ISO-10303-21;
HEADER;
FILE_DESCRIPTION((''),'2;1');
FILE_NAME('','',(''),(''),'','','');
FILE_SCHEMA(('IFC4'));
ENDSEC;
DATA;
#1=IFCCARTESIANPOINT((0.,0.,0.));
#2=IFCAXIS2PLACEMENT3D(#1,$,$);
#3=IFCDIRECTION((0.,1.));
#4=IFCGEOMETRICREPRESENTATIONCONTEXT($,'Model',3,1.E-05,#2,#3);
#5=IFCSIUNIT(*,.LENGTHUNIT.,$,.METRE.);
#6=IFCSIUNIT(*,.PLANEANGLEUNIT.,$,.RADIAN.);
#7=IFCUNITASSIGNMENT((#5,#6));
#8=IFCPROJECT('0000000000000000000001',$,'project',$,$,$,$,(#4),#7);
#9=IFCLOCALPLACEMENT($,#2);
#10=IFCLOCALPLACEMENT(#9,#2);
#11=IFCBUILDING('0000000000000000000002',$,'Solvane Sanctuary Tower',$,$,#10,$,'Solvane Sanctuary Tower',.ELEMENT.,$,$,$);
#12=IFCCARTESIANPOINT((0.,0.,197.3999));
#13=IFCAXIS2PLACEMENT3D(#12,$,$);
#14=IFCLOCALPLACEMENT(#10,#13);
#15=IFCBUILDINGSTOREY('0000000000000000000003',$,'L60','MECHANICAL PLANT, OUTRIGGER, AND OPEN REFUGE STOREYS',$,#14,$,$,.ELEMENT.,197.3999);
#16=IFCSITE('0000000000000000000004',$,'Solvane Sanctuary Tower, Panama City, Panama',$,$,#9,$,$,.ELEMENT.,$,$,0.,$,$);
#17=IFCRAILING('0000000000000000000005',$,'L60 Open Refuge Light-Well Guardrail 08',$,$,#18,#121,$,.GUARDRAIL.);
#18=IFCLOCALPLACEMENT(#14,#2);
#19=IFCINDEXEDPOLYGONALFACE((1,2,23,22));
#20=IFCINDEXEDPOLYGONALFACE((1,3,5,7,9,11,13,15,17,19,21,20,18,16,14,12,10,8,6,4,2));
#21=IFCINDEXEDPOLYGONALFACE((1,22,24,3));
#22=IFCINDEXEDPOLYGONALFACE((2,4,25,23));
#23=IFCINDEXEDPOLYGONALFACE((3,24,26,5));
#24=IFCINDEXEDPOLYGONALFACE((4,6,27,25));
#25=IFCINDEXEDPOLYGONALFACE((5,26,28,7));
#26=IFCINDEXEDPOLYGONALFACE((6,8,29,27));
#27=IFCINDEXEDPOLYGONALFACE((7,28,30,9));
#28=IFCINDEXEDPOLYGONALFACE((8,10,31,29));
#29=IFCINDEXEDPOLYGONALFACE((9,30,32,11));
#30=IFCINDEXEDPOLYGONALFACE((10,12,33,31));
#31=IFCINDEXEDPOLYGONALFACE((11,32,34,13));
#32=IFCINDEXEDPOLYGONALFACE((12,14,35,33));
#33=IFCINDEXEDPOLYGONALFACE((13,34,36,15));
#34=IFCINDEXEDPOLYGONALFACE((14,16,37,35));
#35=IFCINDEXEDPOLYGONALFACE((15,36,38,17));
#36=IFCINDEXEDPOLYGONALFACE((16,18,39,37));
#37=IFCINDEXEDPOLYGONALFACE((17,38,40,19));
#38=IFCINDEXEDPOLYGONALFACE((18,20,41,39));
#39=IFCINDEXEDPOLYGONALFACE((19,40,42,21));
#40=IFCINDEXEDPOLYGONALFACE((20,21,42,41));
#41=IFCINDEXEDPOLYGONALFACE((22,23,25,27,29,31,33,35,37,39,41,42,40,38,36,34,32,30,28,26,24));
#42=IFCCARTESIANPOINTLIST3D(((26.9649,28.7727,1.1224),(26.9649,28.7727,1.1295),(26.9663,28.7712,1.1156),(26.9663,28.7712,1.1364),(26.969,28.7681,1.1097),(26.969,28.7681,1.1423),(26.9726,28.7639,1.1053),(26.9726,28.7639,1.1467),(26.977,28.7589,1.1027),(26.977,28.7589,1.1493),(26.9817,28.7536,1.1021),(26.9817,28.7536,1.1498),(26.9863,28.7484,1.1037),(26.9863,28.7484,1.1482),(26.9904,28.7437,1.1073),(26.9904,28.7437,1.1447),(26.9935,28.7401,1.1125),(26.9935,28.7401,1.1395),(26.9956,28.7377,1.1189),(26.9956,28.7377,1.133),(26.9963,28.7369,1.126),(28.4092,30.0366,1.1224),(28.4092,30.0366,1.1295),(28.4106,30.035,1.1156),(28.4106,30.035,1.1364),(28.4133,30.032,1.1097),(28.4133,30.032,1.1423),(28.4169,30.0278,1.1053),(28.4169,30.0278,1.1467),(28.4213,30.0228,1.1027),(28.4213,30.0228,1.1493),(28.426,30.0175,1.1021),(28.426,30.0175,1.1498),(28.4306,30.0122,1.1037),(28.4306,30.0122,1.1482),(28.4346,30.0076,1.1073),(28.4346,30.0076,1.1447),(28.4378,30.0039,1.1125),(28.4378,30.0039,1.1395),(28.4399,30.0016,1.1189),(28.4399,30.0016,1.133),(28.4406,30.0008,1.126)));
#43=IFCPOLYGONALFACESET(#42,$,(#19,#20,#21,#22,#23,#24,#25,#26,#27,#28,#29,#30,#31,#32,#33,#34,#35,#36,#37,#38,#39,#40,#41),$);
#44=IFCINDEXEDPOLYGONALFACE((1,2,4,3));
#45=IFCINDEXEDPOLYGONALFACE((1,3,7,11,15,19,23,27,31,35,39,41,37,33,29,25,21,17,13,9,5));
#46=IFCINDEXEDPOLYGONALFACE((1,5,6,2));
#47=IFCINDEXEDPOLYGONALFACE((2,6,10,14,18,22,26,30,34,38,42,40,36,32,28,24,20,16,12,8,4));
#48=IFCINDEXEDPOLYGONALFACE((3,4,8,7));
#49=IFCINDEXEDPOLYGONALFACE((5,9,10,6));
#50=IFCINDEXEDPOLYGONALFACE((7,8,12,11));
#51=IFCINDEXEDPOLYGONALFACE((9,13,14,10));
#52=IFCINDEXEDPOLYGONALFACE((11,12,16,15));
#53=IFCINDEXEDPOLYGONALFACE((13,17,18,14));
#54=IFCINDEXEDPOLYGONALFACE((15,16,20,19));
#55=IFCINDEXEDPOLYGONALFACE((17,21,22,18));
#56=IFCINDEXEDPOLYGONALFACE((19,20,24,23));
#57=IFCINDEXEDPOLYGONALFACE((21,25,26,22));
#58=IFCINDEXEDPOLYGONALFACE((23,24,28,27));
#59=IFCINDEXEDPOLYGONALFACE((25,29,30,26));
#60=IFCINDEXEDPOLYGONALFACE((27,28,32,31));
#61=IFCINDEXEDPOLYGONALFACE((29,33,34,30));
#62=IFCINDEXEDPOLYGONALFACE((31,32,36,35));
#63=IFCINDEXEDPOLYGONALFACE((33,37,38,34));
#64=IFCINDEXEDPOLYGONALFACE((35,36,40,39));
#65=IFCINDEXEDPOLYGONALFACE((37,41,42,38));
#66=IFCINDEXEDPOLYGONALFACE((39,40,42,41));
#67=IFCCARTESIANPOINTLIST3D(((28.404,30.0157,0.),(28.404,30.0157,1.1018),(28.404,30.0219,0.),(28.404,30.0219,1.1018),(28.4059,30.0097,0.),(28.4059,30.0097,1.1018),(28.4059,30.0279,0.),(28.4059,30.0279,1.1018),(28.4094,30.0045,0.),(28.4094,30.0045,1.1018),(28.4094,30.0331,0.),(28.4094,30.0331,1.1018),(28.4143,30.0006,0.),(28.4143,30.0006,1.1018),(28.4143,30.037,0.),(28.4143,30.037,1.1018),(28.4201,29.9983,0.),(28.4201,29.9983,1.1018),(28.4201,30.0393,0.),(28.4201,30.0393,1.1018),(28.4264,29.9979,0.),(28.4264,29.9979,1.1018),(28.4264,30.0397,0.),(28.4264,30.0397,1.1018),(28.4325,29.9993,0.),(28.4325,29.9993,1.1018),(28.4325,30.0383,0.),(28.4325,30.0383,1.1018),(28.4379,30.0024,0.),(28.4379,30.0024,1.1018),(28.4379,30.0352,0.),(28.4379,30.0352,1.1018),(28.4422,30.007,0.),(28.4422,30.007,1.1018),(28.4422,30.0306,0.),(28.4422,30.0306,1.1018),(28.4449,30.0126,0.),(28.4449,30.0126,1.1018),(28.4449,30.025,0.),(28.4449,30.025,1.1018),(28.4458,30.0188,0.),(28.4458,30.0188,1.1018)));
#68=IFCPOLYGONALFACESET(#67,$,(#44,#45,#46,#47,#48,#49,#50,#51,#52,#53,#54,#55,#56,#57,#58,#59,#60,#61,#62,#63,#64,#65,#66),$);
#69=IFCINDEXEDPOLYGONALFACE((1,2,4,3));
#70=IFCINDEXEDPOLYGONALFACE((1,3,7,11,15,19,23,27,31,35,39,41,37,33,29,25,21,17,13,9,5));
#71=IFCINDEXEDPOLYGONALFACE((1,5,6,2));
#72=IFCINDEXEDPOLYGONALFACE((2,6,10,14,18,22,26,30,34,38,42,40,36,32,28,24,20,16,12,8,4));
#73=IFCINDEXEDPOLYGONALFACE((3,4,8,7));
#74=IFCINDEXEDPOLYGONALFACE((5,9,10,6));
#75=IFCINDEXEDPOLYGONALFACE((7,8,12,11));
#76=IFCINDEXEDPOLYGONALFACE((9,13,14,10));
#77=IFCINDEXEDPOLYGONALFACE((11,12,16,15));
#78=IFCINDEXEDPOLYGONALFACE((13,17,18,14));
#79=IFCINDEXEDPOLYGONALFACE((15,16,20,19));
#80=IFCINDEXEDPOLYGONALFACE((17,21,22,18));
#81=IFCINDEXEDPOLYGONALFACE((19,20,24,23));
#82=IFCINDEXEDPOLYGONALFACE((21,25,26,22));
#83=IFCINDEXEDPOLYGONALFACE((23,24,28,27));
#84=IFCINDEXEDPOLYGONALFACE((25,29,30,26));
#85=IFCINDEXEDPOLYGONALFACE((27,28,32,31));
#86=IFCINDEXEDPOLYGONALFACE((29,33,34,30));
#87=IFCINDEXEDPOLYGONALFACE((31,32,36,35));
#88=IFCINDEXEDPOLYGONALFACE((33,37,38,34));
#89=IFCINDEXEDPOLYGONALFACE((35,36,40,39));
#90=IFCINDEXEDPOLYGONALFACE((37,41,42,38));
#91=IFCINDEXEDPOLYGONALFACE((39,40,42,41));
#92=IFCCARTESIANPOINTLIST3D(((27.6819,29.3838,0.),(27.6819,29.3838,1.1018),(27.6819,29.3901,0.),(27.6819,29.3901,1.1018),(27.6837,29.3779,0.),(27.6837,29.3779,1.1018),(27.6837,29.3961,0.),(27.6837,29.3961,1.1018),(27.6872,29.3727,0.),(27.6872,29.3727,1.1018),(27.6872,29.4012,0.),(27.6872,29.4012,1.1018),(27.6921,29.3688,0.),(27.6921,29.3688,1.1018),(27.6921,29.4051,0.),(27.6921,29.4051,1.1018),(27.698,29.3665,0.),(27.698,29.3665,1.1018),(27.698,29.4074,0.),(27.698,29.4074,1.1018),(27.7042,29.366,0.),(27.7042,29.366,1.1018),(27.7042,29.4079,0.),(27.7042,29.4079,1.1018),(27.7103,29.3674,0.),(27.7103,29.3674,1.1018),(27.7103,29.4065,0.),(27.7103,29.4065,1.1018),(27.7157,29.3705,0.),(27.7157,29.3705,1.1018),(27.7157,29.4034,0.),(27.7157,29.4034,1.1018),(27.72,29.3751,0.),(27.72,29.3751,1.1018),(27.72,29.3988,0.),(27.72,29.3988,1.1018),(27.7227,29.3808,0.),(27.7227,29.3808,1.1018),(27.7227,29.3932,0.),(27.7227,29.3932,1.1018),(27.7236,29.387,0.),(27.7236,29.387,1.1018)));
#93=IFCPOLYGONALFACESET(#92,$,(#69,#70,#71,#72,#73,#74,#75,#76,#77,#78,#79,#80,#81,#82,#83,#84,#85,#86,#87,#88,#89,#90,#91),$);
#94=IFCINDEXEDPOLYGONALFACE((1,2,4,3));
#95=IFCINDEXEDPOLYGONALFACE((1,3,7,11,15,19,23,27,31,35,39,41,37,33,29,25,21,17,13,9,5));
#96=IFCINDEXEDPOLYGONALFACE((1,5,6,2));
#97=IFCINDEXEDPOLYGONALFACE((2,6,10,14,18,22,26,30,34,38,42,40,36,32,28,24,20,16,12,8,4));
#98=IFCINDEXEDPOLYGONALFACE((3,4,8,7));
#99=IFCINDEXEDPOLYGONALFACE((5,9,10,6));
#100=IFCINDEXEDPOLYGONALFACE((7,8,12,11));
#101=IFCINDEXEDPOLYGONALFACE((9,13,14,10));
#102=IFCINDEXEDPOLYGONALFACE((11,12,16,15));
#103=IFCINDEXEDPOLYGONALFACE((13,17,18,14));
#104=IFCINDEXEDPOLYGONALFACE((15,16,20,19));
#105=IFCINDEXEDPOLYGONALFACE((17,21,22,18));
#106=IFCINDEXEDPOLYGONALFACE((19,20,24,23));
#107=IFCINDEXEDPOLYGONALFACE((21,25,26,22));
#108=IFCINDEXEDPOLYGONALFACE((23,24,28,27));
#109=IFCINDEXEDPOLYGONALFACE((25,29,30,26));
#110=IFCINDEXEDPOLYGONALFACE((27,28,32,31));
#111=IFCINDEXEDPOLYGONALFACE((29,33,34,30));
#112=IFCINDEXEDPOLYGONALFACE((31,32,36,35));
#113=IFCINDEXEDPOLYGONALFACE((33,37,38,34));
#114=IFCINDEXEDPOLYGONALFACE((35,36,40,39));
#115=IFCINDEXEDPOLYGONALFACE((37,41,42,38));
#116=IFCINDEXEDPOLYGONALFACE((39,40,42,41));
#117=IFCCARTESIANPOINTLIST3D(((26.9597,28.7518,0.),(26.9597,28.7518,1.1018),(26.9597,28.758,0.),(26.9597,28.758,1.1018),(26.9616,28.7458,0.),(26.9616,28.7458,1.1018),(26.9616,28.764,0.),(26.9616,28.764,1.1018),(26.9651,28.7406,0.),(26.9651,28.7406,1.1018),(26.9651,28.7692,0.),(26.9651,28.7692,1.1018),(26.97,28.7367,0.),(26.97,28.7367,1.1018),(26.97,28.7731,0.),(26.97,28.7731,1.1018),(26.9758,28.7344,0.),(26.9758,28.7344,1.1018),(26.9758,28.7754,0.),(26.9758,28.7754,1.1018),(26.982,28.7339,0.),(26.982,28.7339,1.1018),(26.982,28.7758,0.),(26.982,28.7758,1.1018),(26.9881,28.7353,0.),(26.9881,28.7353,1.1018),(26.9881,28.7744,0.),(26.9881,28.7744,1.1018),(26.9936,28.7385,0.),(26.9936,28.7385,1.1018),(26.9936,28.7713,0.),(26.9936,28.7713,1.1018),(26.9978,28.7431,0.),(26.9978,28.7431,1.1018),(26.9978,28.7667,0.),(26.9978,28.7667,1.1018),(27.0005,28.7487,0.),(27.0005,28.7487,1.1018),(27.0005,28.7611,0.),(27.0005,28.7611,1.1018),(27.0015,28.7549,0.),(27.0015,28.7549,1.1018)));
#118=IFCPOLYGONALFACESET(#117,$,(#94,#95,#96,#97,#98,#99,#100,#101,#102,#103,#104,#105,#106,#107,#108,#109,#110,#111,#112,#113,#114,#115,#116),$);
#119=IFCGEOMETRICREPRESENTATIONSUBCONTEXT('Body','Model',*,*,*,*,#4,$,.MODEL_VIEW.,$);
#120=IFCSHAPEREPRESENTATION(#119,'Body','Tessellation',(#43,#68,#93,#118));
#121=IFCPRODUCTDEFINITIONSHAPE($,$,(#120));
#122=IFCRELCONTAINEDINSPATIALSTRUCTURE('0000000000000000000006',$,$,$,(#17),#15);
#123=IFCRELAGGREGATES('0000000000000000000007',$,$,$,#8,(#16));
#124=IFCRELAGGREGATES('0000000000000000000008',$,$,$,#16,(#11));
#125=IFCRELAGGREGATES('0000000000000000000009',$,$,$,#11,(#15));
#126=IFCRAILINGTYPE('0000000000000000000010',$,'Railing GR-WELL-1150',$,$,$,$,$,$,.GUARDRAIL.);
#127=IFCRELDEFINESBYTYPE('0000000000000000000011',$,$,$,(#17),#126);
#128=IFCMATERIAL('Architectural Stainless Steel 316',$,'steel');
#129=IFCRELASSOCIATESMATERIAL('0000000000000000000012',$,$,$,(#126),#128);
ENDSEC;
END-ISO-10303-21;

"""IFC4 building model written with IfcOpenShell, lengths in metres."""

from ifc_helpers import new_model, si_unit, direction, frame, origin, origin_2d, place, context, subcontext, project, spatial, circle, extrude, material, type_object, element, save


model = new_model("IFC4")

# Units and contexts
model_context = context("Model", 3, precision=1e-05, world=origin(), true_north=direction((0.0, 1.0)))
body_context = subcontext(model_context, "Body", "Model", "MODEL_VIEW")
ifc_project = project(units=[si_unit("LENGTHUNIT", "METRE"), si_unit("PLANEANGLEUNIT", "RADIAN")], contexts=[model_context])

# Site, building, storey
site_placement = place(None, origin())
site = spatial("IfcSite", under=ifc_project, at=site_placement, Name="Solvane Sanctuary Tower, Panama City, Panama", CompositionType="ELEMENT", RefElevation=0.0)
building_placement = place(site_placement, origin())
building = spatial("IfcBuilding", under=site, at=building_placement, Name="Solvane Sanctuary Tower", LongName="Solvane Sanctuary Tower", CompositionType="ELEMENT")
storey_placement = place(building_placement, frame((0.0, 0.0, 197.3999)))
storey = spatial("IfcBuildingStorey", under=building, at=storey_placement, Name="L60", Description="MECHANICAL PLANT, OUTRIGGER, AND OPEN REFUGE STOREYS", CompositionType="ELEMENT", Elevation=197.3999)

# Shared definitions
ifc_material_1 = material(Name="Architectural Stainless Steel 316", Category="steel")

# Railing
railing_type = type_object("IfcRailingType", Name="Railing GR-WELL-1150", PredefinedType="GUARDRAIL", material=ifc_material_1)
railing_1_placement = place(storey_placement, frame((28.4248, 30.0188, 0.0)))
element("IfcRailing", 1, at=railing_1_placement, inside=storey, type_object=railing_type, Name="L60 Open Refuge Light-Well Guardrail 08", PredefinedType="GUARDRAIL", context=body_context, shape_type="SweptSolid", body=[
    extrude(circle(Radius=0.0239, at=origin_2d()), frame((0.0, 0.0, 1.126), z_axis=(-0.752545, -0.658541, 0.0), x_axis=(0.658541, -0.752545, 0.0)), (0.0, 0.0, 1.0), 1.9192),
    extrude(circle(Radius=0.021, at=origin_2d()), origin(), (0.0, 0.0, 1.0), 1.1018),
    extrude(circle(Radius=0.021, at=origin_2d()), frame((-0.7222, -0.6318, 0.0)), (0.0, 0.0, 1.0), 1.1018),
    extrude(circle(Radius=0.021, at=origin_2d()), frame((-1.4443, -1.2639, 0.0)), (0.0, 0.0, 1.0), 1.1018),
])

save(model, "model.ifc")
